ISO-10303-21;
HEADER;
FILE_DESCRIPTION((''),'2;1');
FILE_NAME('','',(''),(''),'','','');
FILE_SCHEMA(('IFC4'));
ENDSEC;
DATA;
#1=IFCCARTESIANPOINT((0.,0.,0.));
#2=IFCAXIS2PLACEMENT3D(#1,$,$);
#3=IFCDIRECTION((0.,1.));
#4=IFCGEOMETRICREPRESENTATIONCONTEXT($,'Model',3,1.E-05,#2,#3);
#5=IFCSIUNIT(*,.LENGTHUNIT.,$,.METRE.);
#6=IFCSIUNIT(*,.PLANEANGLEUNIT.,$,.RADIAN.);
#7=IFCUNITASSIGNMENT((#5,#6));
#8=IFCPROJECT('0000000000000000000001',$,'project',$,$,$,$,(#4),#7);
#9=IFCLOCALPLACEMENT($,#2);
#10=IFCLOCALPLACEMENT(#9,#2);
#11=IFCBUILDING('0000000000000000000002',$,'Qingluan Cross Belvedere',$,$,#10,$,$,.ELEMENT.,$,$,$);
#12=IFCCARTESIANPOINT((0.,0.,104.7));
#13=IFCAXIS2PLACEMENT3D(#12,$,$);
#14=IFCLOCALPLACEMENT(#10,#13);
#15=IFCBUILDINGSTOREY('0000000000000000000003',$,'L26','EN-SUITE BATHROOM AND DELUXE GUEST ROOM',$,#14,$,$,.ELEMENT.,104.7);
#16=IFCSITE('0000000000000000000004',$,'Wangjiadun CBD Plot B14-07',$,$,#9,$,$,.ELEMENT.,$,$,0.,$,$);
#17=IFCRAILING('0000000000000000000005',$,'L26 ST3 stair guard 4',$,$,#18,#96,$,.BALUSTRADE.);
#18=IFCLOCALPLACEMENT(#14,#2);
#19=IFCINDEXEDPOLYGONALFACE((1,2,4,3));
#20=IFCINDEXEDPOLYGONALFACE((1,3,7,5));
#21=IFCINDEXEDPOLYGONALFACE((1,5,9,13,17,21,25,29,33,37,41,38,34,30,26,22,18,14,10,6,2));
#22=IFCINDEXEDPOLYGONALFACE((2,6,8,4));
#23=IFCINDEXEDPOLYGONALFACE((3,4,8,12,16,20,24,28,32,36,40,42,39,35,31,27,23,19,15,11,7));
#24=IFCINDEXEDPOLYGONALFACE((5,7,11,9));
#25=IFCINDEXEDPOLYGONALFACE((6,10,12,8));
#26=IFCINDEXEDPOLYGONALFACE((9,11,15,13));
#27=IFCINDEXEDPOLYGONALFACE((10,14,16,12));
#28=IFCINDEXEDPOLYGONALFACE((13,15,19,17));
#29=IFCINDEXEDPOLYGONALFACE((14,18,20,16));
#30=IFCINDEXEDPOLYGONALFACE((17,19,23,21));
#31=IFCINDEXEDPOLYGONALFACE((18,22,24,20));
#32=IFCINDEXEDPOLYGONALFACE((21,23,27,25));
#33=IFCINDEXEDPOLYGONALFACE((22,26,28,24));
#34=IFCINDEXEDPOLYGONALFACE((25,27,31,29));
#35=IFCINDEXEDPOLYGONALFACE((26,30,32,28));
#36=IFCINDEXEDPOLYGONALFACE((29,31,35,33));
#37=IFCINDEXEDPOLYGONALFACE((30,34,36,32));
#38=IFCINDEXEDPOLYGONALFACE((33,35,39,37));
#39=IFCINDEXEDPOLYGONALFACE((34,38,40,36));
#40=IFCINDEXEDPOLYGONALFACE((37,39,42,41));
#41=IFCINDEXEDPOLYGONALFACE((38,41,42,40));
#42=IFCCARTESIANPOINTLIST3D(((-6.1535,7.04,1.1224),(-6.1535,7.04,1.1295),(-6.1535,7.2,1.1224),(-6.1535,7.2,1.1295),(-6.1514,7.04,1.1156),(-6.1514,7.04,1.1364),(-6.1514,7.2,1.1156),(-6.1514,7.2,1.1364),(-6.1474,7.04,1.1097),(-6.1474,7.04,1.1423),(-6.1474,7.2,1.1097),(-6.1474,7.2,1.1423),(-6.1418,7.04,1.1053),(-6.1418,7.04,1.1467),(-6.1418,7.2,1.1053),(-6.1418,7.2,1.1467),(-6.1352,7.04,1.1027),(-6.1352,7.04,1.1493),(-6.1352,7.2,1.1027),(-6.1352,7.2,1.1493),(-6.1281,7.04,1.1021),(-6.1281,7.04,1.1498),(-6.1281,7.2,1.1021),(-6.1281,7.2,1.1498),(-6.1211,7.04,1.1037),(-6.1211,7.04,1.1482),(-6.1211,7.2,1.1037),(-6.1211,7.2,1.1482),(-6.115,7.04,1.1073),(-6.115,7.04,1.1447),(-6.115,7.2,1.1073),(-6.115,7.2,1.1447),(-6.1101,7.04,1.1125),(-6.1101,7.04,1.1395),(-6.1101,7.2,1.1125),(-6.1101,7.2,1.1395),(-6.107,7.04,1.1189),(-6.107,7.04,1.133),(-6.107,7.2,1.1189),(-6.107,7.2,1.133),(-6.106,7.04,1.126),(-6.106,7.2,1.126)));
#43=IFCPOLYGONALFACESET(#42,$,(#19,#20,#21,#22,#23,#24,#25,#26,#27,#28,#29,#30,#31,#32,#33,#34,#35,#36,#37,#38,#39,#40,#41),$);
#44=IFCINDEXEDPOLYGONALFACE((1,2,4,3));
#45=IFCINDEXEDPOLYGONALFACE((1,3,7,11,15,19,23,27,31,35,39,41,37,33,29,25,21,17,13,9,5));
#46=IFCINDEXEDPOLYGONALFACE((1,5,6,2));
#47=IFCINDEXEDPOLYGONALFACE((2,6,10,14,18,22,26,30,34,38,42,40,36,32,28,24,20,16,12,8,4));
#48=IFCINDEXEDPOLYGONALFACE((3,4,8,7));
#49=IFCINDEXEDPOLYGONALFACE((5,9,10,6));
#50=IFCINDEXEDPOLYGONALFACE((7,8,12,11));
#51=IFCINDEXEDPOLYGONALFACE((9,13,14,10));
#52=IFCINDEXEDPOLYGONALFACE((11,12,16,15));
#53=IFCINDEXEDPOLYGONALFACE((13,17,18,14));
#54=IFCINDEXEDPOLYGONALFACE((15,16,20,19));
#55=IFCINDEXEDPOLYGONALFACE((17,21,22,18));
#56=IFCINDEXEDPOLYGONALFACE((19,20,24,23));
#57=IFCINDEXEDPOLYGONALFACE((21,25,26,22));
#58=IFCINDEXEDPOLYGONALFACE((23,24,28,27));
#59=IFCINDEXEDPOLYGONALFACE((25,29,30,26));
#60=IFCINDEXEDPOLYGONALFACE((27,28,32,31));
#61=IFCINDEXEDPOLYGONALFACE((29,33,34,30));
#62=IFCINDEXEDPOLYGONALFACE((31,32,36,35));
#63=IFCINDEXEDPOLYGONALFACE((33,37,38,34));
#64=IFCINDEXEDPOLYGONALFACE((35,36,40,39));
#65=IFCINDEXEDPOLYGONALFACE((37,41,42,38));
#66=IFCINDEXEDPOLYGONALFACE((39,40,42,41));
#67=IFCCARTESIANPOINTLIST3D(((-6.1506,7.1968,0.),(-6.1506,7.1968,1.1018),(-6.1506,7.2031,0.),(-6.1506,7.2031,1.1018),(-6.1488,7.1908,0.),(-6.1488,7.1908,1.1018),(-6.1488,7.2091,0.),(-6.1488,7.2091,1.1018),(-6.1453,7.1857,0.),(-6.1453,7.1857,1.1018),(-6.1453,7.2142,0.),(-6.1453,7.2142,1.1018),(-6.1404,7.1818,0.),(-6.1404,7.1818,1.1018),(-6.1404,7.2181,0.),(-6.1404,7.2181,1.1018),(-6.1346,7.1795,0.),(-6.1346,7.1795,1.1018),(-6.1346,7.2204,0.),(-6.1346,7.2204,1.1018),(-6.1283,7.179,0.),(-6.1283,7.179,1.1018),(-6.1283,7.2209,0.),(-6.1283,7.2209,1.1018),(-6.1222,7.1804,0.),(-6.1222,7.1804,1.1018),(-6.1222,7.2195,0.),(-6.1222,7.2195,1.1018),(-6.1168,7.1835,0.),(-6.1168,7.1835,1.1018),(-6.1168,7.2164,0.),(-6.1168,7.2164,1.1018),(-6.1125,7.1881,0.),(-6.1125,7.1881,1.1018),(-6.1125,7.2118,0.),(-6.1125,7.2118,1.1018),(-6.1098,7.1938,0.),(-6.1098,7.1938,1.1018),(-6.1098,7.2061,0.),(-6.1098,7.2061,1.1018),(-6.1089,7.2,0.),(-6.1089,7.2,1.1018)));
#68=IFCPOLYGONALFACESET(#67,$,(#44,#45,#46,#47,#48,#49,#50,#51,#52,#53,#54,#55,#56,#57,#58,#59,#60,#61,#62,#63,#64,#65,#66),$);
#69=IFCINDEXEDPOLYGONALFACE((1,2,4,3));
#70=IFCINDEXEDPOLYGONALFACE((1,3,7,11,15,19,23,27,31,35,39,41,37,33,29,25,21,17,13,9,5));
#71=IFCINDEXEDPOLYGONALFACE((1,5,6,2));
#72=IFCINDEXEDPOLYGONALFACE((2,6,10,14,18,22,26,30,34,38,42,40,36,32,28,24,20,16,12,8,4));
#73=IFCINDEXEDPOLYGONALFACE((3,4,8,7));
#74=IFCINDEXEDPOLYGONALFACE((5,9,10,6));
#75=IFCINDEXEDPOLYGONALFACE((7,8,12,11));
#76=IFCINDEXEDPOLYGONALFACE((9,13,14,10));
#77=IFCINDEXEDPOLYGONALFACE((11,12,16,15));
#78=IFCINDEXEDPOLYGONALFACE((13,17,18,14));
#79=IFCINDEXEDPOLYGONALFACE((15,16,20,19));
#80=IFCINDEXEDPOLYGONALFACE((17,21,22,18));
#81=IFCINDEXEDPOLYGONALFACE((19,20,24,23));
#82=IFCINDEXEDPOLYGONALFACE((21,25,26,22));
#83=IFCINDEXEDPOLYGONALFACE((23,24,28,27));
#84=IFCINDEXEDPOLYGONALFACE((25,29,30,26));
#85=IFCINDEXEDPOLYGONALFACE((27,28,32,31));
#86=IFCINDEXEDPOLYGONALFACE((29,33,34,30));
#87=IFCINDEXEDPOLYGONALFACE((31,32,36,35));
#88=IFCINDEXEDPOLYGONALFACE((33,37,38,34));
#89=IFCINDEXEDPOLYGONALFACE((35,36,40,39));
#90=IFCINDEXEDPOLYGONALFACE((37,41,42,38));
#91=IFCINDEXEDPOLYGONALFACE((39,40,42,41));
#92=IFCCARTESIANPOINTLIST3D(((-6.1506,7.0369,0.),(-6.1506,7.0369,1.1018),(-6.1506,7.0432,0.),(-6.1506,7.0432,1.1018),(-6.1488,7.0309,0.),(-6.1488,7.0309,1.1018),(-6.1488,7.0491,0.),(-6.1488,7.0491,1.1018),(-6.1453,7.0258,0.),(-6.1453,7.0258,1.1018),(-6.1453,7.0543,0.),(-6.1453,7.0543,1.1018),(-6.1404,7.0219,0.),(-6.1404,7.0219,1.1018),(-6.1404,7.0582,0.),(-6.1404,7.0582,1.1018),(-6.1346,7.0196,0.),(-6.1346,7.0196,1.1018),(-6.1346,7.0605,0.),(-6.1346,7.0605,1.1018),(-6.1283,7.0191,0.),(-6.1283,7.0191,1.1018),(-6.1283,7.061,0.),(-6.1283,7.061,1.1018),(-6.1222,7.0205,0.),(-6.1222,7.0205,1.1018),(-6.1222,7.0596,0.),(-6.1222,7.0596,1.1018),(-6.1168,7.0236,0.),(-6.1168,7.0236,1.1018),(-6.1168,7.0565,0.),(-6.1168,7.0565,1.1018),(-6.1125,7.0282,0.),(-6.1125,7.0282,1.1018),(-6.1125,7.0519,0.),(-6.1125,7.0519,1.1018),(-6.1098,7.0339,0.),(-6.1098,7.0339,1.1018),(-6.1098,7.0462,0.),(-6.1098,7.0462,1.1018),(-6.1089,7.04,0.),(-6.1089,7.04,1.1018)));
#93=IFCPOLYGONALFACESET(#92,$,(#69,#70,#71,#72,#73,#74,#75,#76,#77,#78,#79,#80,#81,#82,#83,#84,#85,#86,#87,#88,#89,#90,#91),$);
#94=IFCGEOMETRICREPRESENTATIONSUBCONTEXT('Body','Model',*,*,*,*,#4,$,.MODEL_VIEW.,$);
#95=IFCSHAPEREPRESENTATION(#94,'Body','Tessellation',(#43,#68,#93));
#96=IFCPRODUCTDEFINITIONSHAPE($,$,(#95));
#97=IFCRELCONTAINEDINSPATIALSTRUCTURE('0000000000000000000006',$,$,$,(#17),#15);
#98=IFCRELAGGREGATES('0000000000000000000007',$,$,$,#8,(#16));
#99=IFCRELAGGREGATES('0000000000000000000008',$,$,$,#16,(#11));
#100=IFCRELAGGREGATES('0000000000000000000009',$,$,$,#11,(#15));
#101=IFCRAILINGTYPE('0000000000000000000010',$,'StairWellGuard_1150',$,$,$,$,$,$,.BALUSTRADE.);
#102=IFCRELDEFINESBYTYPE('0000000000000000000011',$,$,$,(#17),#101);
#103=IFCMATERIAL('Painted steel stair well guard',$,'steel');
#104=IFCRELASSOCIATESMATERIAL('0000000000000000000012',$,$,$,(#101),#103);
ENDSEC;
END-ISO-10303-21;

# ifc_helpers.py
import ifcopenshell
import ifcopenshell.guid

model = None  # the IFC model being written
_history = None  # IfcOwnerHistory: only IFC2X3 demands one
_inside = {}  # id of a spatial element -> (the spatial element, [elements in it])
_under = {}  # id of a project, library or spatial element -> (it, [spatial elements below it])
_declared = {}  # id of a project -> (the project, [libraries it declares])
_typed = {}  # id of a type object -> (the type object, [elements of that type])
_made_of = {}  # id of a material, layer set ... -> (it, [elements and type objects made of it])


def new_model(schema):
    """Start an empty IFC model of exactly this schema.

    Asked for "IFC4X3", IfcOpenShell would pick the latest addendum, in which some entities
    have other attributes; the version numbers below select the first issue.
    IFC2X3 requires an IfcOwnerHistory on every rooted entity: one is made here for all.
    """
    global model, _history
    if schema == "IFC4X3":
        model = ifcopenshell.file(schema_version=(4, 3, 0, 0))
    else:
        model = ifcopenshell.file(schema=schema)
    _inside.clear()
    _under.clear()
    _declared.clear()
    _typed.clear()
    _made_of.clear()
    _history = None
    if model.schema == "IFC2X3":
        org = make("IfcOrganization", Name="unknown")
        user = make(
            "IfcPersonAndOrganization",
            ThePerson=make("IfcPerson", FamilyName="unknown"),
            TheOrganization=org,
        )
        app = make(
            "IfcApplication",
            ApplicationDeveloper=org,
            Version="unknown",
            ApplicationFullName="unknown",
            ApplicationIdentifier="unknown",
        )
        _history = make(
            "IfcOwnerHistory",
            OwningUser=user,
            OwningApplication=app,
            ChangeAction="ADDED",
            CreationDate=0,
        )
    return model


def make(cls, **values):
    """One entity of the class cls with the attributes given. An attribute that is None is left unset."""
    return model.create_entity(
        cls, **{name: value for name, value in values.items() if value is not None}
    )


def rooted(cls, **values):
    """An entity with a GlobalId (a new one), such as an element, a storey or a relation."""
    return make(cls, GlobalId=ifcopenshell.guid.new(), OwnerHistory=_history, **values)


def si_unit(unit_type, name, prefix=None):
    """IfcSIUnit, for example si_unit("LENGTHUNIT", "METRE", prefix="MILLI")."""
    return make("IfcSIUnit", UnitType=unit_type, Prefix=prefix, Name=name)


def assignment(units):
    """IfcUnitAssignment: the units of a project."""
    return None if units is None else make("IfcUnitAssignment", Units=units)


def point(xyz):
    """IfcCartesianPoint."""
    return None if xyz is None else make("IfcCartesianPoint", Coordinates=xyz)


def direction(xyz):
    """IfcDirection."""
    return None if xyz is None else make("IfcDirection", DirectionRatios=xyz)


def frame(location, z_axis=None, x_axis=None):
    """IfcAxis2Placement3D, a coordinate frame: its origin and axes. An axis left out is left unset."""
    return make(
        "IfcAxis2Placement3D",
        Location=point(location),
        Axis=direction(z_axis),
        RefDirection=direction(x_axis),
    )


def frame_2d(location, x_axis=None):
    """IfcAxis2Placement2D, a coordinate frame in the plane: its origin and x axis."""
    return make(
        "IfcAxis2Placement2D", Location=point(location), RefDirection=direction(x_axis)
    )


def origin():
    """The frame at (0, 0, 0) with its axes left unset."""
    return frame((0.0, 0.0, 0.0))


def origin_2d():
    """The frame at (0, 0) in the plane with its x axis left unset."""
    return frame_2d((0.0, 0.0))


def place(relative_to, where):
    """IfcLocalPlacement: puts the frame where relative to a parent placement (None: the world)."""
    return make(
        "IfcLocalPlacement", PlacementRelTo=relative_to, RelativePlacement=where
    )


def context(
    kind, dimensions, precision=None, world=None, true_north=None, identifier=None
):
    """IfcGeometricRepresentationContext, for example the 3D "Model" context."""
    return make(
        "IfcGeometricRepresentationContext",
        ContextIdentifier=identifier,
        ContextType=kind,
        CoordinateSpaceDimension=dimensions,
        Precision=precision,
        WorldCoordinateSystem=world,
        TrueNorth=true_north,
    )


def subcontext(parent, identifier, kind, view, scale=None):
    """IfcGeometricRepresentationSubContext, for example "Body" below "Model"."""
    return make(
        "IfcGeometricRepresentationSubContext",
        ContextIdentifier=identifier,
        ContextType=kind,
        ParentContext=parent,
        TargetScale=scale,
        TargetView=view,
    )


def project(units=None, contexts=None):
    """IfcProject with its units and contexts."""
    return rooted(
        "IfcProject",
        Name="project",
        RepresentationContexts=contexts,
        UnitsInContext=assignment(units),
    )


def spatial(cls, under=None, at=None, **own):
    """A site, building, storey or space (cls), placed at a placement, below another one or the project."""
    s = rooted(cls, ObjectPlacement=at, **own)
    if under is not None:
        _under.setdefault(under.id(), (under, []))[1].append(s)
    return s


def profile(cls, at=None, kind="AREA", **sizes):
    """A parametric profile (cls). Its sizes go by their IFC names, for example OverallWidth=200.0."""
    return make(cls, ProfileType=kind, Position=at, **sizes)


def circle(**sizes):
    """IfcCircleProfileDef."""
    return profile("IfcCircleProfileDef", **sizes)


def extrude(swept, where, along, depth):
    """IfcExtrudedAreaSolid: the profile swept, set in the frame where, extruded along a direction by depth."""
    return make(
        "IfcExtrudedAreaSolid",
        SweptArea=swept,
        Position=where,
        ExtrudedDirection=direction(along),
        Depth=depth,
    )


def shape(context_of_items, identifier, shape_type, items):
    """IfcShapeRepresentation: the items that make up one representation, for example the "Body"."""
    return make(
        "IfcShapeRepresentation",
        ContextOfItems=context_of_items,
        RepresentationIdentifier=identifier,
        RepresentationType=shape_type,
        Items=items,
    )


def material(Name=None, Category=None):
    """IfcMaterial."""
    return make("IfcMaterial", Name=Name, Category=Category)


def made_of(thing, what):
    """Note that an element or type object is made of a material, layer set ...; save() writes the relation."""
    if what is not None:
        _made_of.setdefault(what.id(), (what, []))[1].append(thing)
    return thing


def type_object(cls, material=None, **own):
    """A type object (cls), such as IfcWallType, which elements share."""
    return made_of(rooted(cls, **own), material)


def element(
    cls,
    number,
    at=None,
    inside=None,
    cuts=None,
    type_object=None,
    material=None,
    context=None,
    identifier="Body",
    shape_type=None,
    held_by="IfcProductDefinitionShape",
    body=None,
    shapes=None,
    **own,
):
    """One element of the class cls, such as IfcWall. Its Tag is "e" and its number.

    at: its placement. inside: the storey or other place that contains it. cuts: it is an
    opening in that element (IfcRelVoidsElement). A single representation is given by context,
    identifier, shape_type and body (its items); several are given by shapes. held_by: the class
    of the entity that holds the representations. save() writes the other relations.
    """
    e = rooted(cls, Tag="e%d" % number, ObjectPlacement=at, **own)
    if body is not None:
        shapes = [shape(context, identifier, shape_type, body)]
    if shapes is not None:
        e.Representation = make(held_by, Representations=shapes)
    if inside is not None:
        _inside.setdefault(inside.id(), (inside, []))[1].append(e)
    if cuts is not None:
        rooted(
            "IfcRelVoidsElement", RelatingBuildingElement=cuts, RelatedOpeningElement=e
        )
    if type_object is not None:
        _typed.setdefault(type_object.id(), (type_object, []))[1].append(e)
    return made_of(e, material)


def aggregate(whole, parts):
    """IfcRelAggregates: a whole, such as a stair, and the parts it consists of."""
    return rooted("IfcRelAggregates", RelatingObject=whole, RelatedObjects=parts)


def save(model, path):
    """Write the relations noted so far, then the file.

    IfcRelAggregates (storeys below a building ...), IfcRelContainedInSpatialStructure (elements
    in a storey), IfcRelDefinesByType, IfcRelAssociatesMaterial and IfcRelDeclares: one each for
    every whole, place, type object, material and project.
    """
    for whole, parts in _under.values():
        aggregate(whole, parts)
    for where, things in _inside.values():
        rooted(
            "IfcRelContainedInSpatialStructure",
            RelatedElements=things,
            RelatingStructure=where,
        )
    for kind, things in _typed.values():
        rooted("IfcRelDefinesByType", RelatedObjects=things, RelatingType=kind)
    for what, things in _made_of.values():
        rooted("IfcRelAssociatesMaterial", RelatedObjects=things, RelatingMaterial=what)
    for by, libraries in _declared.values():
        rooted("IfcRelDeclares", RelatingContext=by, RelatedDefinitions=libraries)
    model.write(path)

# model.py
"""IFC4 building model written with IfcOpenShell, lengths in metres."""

from ifc_helpers import new_model, si_unit, direction, frame, origin, origin_2d, place, context, subcontext, project, spatial, circle, extrude, material, type_object, element, save


model = new_model("IFC4")

# Units and contexts
model_context = context("Model", 3, precision=1e-05, world=origin(), true_north=direction((0.0, 1.0)))
body_context = subcontext(model_context, "Body", "Model", "MODEL_VIEW")
ifc_project = project(units=[si_unit("LENGTHUNIT", "METRE"), si_unit("PLANEANGLEUNIT", "RADIAN")], contexts=[model_context])

# Site, building, storey
site_placement = place(None, origin())
site = spatial("IfcSite", under=ifc_project, at=site_placement, Name="Wangjiadun CBD Plot B14-07", CompositionType="ELEMENT", RefElevation=0.0)
building_placement = place(site_placement, origin())
building = spatial("IfcBuilding", under=site, at=building_placement, Name="Qingluan Cross Belvedere", CompositionType="ELEMENT")
storey_placement = place(building_placement, frame((0.0, 0.0, 104.7)))
storey = spatial("IfcBuildingStorey", under=building, at=storey_placement, Name="L26", Description="EN-SUITE BATHROOM AND DELUXE GUEST ROOM", CompositionType="ELEMENT", Elevation=104.7)

# Railing
ifc_material_1 = material(Name="Painted steel stair well guard", Category="steel")
railing_type_1 = type_object("IfcRailingType", Name="StairWellGuard_1150", PredefinedType="BALUSTRADE", material=ifc_material_1)
railing_1_placement = place(storey_placement, frame((-6.1299, 7.2, 0.0)))
element("IfcRailing", 1, at=railing_1_placement, inside=storey, type_object=railing_type_1, Name="L26 ST3 stair guard 4", PredefinedType="BALUSTRADE", context=body_context, shape_type="SweptSolid", body=[
    extrude(circle(Radius=0.0239, at=origin_2d()), frame((0.0, 0.0, 1.126), z_axis=(0.0, -1.0, 0.0), x_axis=(1.0, 0.0, 0.0)), (0.0, 0.0, 1.0), 0.1599),
    extrude(circle(Radius=0.021, at=origin_2d()), origin(), (0.0, 0.0, 1.0), 1.1018),
    extrude(circle(Radius=0.021, at=origin_2d()), frame((0.0, -0.1599, 0.0)), (0.0, 0.0, 1.0), 1.1018),
])

save(model, "model.ifc")
